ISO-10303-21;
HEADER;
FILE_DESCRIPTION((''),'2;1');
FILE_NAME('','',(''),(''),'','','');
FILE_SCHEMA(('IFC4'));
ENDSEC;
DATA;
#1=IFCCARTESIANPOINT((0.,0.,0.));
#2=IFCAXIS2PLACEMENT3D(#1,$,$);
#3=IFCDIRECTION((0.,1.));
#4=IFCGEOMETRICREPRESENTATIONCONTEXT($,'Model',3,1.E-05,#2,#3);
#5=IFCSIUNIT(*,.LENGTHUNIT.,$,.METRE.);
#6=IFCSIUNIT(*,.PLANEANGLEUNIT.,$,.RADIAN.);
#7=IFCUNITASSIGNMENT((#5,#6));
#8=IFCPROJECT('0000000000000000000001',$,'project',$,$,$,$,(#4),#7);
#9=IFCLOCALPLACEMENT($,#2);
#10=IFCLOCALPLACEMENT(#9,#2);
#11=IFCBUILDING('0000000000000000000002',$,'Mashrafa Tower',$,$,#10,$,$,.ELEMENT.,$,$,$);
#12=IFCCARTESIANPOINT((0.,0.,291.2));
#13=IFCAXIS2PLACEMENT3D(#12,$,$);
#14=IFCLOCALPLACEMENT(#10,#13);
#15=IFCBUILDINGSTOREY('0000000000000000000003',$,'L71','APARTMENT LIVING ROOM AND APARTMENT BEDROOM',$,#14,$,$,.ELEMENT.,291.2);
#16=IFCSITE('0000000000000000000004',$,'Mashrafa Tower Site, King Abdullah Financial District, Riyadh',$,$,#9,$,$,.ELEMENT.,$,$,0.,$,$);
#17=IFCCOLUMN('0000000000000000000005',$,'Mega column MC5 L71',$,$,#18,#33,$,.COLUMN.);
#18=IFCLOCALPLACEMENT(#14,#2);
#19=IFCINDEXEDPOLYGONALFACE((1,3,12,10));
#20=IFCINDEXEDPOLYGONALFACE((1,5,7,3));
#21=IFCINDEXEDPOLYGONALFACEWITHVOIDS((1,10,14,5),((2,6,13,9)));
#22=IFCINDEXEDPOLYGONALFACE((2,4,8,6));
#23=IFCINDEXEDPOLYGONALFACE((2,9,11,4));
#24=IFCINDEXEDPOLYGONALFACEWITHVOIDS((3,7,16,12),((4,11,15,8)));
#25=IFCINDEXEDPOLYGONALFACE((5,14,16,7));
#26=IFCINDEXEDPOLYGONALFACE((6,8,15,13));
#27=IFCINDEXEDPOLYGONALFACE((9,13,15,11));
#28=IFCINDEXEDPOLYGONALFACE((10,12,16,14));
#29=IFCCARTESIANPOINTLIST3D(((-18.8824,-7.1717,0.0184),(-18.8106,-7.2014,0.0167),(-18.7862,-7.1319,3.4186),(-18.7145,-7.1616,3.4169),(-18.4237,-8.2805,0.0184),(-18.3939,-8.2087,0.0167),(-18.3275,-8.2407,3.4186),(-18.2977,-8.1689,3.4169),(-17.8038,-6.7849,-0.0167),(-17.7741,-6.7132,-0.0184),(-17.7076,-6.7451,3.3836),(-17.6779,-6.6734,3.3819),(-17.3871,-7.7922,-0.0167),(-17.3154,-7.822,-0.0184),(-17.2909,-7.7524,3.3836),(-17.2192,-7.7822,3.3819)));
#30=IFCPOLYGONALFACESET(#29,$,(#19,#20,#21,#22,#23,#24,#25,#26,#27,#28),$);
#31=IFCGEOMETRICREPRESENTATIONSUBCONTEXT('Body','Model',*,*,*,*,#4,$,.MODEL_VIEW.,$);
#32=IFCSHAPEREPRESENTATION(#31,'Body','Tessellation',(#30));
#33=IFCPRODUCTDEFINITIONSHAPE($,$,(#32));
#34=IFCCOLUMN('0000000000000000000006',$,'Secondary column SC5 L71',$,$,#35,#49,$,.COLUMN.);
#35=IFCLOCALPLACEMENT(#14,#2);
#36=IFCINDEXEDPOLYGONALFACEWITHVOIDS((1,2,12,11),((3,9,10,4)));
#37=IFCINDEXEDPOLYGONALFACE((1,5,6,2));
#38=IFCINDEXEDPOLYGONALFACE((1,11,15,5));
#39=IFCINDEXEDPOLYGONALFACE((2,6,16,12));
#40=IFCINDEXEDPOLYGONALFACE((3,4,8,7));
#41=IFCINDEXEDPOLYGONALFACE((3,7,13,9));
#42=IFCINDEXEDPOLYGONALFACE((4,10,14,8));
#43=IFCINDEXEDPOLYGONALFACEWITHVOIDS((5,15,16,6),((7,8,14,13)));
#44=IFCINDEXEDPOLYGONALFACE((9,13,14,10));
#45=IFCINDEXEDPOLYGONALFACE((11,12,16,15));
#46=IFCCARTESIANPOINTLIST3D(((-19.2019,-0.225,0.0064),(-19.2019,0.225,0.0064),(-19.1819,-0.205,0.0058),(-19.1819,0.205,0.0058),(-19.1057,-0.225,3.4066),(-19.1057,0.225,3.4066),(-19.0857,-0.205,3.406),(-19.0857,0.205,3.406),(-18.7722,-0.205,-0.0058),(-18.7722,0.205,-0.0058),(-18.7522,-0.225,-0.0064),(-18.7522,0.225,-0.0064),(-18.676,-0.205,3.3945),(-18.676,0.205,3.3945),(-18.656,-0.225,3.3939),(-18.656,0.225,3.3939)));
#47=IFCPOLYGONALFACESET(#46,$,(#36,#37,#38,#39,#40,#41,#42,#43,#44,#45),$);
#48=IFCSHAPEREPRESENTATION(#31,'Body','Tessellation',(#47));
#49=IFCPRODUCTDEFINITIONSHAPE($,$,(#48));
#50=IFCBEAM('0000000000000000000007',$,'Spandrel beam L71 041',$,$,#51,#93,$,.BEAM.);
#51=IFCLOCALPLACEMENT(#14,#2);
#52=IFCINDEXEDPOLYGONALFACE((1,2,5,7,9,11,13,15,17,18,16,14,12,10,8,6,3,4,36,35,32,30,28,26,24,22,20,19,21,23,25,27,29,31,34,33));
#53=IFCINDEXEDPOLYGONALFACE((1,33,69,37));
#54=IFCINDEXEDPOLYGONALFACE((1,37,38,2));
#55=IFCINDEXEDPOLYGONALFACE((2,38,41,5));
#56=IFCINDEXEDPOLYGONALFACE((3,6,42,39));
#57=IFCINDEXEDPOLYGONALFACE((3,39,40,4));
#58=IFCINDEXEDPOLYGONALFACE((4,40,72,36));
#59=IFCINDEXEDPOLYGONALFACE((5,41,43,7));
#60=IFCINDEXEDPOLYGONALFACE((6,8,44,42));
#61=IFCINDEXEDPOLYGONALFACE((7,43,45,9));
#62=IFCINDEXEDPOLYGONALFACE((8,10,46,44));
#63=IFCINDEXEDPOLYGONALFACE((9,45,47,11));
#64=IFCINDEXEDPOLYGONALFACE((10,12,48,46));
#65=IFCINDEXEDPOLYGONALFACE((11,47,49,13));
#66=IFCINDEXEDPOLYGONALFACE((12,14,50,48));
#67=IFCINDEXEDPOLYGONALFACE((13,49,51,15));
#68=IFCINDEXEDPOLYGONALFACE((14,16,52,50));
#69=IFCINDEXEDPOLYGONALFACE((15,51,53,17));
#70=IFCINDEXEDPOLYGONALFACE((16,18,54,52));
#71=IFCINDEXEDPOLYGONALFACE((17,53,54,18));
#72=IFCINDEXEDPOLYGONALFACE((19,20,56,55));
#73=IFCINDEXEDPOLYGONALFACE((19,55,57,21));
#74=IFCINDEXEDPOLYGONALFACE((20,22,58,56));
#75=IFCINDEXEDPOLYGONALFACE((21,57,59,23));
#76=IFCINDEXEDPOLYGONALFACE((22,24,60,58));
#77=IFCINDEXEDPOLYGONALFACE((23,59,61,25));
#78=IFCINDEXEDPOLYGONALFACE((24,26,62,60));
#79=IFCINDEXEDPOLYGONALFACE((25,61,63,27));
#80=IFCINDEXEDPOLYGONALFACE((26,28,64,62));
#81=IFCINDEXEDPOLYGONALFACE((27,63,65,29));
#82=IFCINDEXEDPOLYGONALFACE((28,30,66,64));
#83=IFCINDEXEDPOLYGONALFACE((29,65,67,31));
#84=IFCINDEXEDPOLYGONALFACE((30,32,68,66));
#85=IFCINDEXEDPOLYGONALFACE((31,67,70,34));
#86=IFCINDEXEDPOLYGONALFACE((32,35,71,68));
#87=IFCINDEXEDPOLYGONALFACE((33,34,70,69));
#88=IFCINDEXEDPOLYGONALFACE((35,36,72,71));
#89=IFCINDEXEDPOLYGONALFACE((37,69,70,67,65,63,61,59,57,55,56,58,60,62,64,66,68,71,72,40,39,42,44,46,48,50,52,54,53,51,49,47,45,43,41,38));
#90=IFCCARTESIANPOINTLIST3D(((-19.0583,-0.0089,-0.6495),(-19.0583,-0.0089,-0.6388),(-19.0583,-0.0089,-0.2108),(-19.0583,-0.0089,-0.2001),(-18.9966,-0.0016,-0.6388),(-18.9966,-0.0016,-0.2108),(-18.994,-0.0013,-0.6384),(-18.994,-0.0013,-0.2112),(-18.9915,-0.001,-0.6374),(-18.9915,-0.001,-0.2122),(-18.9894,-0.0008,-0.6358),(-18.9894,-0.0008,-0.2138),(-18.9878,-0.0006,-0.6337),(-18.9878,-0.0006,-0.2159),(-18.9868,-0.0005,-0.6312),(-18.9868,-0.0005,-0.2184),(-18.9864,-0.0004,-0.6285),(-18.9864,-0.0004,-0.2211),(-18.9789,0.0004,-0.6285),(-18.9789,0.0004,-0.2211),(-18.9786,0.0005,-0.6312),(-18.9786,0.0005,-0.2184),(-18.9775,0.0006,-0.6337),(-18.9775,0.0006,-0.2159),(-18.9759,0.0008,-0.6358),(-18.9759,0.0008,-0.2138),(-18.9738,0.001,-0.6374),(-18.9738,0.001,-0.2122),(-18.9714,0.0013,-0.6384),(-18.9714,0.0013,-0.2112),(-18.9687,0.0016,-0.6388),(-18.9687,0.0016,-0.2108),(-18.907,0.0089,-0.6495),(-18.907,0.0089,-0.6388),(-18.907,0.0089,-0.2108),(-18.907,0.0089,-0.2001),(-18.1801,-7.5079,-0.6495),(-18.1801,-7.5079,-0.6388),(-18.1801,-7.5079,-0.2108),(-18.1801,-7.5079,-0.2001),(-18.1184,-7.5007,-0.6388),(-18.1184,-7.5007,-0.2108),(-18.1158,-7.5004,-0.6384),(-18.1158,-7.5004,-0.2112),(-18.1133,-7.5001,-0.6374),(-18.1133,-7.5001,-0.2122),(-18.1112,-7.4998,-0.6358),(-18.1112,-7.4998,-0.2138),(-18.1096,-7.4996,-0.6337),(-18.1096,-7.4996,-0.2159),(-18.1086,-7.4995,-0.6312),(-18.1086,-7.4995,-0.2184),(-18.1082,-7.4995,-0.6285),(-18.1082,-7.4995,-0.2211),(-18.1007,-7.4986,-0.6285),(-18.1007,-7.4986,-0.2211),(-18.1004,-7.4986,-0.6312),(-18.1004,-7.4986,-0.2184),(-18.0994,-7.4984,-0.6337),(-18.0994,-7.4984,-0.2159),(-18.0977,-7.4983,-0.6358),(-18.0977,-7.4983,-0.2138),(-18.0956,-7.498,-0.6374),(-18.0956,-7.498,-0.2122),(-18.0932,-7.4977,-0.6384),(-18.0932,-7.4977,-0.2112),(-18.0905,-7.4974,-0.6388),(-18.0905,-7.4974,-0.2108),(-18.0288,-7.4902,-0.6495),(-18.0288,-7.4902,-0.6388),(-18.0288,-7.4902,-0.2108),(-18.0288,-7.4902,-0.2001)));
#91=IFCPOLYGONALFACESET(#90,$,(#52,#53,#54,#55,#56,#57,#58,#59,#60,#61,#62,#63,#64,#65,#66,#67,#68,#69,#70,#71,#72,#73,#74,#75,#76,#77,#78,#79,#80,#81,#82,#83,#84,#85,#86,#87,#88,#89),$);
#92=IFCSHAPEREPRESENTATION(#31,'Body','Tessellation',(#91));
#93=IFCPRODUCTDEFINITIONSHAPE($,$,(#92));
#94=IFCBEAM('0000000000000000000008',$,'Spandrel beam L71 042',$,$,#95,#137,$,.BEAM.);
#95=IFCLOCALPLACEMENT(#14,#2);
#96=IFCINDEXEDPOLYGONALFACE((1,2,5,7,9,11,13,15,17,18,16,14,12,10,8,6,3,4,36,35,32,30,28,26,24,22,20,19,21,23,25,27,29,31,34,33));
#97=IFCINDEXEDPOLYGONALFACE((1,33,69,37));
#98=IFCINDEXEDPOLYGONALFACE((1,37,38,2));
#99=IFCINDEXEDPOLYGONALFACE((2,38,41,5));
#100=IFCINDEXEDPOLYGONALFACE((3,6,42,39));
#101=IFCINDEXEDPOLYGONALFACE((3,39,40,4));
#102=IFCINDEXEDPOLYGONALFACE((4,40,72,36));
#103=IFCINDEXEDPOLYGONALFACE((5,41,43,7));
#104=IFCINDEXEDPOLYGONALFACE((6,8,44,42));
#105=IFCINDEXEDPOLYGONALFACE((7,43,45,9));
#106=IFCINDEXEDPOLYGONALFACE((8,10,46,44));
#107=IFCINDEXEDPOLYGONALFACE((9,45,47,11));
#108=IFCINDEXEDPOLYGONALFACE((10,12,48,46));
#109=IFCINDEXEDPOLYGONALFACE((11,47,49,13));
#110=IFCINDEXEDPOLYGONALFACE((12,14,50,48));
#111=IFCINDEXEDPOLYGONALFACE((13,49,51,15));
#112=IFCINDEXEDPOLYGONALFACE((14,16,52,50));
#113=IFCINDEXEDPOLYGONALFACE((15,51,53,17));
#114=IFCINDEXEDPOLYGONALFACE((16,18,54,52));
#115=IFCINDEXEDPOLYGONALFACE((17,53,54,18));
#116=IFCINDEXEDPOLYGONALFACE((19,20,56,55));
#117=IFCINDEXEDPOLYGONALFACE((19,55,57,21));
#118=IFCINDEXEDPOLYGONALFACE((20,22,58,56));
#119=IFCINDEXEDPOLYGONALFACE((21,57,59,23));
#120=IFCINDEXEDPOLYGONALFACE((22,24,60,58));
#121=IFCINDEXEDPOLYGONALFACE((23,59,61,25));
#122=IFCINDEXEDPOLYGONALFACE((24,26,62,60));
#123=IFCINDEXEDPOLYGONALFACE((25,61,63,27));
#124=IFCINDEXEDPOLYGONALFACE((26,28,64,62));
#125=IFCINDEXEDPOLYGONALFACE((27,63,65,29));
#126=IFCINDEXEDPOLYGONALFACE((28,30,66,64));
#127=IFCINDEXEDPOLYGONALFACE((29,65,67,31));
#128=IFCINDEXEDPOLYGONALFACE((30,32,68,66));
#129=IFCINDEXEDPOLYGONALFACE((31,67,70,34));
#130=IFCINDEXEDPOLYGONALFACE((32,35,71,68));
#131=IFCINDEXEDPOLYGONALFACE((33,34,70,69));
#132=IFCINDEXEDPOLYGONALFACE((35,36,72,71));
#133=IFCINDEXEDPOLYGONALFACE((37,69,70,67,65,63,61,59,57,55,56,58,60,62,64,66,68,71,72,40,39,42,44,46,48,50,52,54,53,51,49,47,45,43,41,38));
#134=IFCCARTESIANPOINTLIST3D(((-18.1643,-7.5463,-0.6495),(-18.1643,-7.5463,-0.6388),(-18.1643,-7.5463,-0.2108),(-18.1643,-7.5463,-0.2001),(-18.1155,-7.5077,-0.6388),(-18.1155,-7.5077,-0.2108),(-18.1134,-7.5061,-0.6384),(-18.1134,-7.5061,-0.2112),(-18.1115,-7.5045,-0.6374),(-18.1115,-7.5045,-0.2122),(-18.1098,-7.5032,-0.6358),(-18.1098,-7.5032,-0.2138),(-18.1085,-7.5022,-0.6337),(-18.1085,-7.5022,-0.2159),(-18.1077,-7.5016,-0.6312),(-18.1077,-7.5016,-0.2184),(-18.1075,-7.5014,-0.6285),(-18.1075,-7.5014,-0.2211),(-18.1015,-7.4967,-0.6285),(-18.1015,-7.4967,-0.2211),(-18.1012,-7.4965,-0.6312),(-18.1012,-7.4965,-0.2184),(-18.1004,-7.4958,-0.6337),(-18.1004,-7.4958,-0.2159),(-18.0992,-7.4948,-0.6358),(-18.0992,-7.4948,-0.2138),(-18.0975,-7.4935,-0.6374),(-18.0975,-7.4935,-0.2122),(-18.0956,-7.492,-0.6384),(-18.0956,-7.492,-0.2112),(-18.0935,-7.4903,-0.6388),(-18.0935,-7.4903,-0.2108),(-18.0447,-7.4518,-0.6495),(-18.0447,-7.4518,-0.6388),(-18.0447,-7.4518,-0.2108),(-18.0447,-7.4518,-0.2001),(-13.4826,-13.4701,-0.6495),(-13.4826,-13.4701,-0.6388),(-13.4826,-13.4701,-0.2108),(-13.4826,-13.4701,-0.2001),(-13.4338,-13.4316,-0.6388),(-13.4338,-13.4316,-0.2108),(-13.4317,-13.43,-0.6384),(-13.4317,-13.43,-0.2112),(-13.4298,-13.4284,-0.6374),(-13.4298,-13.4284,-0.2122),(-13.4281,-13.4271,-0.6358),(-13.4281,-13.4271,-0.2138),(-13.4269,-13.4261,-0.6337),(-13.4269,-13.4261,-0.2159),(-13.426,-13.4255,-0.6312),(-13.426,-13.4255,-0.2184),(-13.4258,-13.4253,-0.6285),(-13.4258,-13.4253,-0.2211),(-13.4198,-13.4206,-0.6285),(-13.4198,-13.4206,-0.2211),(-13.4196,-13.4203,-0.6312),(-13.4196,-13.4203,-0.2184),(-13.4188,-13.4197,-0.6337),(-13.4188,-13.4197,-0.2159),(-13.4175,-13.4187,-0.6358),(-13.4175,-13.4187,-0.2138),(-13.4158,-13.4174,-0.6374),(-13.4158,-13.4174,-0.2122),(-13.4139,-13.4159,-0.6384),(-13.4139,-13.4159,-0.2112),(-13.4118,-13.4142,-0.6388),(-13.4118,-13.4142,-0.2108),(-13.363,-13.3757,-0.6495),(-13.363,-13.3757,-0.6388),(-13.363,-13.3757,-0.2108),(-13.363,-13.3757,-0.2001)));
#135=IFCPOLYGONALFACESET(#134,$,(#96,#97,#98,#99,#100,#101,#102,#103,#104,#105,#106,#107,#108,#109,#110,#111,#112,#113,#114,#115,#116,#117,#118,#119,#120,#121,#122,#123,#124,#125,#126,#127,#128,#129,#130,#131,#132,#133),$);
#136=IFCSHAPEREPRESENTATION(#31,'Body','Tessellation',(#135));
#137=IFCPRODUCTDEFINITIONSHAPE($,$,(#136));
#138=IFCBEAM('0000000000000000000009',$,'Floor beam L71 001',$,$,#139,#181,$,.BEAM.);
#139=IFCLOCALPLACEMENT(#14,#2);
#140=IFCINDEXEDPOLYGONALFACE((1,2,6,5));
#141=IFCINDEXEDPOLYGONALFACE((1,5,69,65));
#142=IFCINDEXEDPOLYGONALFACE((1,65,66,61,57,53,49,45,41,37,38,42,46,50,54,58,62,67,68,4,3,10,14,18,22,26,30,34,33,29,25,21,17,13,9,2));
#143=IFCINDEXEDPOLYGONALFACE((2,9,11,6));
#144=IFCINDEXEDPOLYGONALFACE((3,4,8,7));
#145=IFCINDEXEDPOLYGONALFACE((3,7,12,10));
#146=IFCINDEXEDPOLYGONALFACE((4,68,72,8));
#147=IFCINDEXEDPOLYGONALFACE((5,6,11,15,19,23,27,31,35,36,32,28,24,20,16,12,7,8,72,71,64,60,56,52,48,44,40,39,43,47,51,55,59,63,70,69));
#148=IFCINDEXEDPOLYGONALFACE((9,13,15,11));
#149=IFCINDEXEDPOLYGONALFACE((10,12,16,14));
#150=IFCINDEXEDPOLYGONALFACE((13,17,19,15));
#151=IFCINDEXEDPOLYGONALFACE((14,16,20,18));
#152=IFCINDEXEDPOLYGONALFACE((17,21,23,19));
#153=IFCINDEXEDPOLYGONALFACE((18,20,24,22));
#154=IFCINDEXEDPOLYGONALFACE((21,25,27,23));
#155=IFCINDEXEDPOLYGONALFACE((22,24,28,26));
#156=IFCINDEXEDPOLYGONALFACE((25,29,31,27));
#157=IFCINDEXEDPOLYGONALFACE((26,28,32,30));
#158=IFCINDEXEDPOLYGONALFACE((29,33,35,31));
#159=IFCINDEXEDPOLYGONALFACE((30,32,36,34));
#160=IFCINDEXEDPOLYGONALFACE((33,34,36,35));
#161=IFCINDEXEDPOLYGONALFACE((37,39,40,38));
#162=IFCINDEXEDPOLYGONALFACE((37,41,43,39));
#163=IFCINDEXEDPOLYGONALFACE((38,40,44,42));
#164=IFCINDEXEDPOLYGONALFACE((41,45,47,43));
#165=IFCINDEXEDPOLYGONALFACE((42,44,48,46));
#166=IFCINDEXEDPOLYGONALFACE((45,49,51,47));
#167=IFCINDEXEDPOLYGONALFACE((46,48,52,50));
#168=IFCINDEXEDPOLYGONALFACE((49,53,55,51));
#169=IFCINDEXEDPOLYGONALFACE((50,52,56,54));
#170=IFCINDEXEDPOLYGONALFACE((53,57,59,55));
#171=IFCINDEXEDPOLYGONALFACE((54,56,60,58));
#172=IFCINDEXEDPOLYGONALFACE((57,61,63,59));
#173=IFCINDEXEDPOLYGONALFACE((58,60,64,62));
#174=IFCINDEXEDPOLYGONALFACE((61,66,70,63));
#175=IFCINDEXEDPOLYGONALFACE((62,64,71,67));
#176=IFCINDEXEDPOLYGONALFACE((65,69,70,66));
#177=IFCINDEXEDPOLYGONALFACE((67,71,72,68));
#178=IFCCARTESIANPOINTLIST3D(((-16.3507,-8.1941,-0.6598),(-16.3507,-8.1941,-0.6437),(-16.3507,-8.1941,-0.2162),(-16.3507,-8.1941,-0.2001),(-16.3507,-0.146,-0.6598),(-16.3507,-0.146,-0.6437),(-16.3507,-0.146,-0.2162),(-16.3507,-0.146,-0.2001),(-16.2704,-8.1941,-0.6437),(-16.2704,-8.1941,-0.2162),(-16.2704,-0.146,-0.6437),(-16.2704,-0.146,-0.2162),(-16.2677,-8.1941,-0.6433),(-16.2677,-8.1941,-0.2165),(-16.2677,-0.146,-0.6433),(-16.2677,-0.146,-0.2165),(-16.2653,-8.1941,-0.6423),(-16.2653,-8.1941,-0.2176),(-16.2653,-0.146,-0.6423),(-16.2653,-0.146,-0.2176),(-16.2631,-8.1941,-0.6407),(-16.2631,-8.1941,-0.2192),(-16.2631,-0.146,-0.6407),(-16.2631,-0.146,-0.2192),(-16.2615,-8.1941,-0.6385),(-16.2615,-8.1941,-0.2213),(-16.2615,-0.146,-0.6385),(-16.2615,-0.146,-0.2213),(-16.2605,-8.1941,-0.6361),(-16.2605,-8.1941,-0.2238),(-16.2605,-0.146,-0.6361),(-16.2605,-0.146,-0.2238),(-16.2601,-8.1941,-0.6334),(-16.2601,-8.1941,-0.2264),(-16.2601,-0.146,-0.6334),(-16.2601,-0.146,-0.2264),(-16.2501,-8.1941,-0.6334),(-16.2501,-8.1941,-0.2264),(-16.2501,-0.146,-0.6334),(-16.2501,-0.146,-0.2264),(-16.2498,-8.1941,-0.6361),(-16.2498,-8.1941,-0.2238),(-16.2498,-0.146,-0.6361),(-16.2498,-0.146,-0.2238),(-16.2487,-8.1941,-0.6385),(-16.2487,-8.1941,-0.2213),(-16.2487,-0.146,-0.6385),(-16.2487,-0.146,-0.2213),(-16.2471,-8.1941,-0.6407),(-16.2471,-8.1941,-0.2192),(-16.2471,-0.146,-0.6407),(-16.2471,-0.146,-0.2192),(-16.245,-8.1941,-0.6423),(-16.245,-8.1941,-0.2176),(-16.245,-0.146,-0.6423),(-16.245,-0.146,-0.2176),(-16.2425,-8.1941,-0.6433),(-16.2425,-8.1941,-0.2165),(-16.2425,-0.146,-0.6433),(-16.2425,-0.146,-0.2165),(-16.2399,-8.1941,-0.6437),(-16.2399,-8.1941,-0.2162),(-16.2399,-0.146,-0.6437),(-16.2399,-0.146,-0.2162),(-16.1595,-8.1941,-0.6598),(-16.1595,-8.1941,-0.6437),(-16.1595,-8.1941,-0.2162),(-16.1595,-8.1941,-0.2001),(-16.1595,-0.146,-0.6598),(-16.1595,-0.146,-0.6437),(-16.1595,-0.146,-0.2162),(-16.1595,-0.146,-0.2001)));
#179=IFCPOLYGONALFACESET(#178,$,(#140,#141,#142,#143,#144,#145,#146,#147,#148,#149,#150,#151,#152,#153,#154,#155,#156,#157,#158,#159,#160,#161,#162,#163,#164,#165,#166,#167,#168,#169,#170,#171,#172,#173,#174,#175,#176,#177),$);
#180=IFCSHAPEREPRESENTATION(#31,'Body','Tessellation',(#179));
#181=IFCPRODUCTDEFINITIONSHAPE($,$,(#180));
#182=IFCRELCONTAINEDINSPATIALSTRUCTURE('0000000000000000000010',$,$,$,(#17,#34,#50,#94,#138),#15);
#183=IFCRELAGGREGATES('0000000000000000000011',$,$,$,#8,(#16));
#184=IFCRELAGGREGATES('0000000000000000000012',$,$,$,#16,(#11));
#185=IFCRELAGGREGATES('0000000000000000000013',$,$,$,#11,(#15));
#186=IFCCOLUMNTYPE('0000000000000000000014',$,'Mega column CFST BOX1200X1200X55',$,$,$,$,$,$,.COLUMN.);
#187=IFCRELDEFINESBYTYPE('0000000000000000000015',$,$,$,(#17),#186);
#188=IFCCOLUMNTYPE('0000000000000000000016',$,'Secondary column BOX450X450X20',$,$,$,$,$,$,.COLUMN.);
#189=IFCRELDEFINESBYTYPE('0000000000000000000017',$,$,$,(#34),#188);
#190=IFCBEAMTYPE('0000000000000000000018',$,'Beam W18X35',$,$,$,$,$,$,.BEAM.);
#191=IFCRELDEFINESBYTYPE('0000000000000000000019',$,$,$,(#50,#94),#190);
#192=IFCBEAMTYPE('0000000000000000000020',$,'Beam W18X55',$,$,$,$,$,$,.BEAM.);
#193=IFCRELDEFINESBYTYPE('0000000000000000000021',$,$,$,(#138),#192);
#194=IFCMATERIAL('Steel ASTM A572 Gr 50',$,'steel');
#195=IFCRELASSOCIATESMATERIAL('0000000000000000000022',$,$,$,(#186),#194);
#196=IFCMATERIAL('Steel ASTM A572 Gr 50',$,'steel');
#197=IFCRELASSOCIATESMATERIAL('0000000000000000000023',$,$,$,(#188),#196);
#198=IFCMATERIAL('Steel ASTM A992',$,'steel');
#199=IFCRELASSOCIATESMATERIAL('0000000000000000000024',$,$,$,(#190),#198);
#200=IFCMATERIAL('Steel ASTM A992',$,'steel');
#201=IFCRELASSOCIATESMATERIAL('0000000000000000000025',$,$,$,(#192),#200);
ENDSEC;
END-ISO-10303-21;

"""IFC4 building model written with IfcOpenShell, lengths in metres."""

from ifc_helpers import new_model, si_unit, direction, frame, origin, origin_2d, place, context, subcontext, project, spatial, hollow_rectangle, i_section, extrude, material, material_profile, profile_set, type_object, element, save


model = new_model("IFC4")

# Units and contexts
model_context = context("Model", 3, precision=1e-05, world=origin(), true_north=direction((0.0, 1.0)))
body_context = subcontext(model_context, "Body", "Model", "MODEL_VIEW")
ifc_project = project(units=[si_unit("LENGTHUNIT", "METRE"), si_unit("PLANEANGLEUNIT", "RADIAN")], contexts=[model_context])

# Site, building, storey
site_placement = place(None, origin())
site = spatial("IfcSite", under=ifc_project, at=site_placement, Name="Mashrafa Tower Site, King Abdullah Financial District, Riyadh", CompositionType="ELEMENT", RefElevation=0.0)
building_placement = place(site_placement, origin())
building = spatial("IfcBuilding", under=site, at=building_placement, Name="Mashrafa Tower", CompositionType="ELEMENT")
storey_placement = place(building_placement, frame((0.0, 0.0, 291.2)))
storey = spatial("IfcBuildingStorey", under=building, at=storey_placement, Name="L71", Description="APARTMENT LIVING ROOM AND APARTMENT BEDROOM", CompositionType="ELEMENT", Elevation=291.2)

# Columns
ifc_material_1 = material(Name="Steel ASTM A572 Gr 50", Category="steel")
ifc_material_profile_1 = material_profile(ifc_material_1, hollow_rectangle(XDim=1.2, YDim=1.2, WallThickness=0.0549, at=origin_2d()), Name="BOX1200X1200X55")
ifc_profile_set_1 = profile_set([ifc_material_profile_1], Name="Steel ASTM A572 Gr 50")
column_type_1 = type_object("IfcColumnType", Name="Mega column CFST BOX1200X1200X55", PredefinedType="COLUMN", material=ifc_profile_set_1)
column_1_placement = place(storey_placement, frame((-18.0989, -7.4968, 0.0), z_axis=(0.028277, 0.011698, 0.999532), x_axis=(-0.382283, 0.924045, 0.0)))
element("IfcColumn", 1, at=column_1_placement, inside=storey, type_object=column_type_1, Name="Mega column MC5 L71", PredefinedType="COLUMN", context=body_context, shape_type="SweptSolid", body=[
    extrude(hollow_rectangle(XDim=1.2, YDim=1.2, WallThickness=0.0549, at=origin_2d()), origin(), (0.0, 0.0, 1.0), 3.4019),
])
ifc_material_2 = material(Name="Steel ASTM A572 Gr 50", Category="steel")
ifc_material_profile_2 = material_profile(ifc_material_2, hollow_rectangle(XDim=0.45, YDim=0.45, WallThickness=0.02, at=origin_2d()), Name="BOX450X450X20")
ifc_profile_set_2 = profile_set([ifc_material_profile_2], Name="Steel ASTM A572 Gr 50")
column_type_2 = type_object("IfcColumnType", Name="Secondary column BOX450X450X20", PredefinedType="COLUMN", material=ifc_profile_set_2)
column_2_placement = place(storey_placement, frame((-18.9771, 0.0, 0.0), z_axis=(0.028279, 0.0, 0.9996), x_axis=(0.0, 1.0, 0.0)))
element("IfcColumn", 2, at=column_2_placement, inside=storey, type_object=column_type_2, Name="Secondary column SC5 L71", PredefinedType="COLUMN", context=body_context, shape_type="SweptSolid", body=[
    extrude(hollow_rectangle(XDim=0.45, YDim=0.45, WallThickness=0.02, at=origin_2d()), origin(), (0.0, 0.0, 1.0), 3.4016),
])

# Beams
ifc_material_3 = material(Name="Steel ASTM A992", Category="steel")
ifc_material_profile_3 = material_profile(ifc_material_3, i_section(OverallWidth=0.1523, OverallDepth=0.4495, WebThickness=0.0076, FlangeThickness=0.0107, FilletRadius=0.0103, at=origin_2d()), Name="W18X35")
ifc_profile_set_3 = profile_set([ifc_material_profile_3], Name="Steel ASTM A992")
beam_type_1 = type_object("IfcBeamType", Name="Beam W18X35", PredefinedType="BEAM", material=ifc_profile_set_3)
beam_1_placement = place(storey_placement, frame((-18.9827, 0.0, -0.4248), z_axis=(0.11631, -0.993213, 0.0), x_axis=(0.993213, 0.11631, 0.0)))
element("IfcBeam", 3, at=beam_1_placement, inside=storey, type_object=beam_type_1, Name="Spandrel beam L71 041", PredefinedType="BEAM", context=body_context, shape_type="SweptSolid", body=[
    extrude(i_section(OverallWidth=0.1523, OverallDepth=0.4495, WebThickness=0.0076, FlangeThickness=0.0107, FilletRadius=0.0103, at=origin_2d()), origin(), (0.0, 0.0, 1.0), 7.5503),
])
beam_2_placement = place(storey_placement, frame((-18.1045, -7.499, -0.4248), z_axis=(0.620047, -0.784565, 0.0), x_axis=(0.784565, 0.620047, 0.0)))
element("IfcBeam", 4, at=beam_2_placement, inside=storey, type_object=beam_type_1, Name="Spandrel beam L71 042", PredefinedType="BEAM", context=body_context, shape_type="SweptSolid", body=[
    extrude(i_section(OverallWidth=0.1523, OverallDepth=0.4495, WebThickness=0.0076, FlangeThickness=0.0107, FilletRadius=0.0103, at=origin_2d()), origin(), (0.0, 0.0, 1.0), 7.5505),
])
ifc_material_4 = material(Name="Steel ASTM A992", Category="steel")
ifc_material_profile_4 = material_profile(ifc_material_4, i_section(OverallWidth=0.1912, OverallDepth=0.4597, WebThickness=0.01, FlangeThickness=0.0161, FilletRadius=0.0103, at=origin_2d()), Name="W18X55")
ifc_profile_set_4 = profile_set([ifc_material_profile_4], Name="Steel ASTM A992")
beam_type_2 = type_object("IfcBeamType", Name="Beam W18X55", PredefinedType="BEAM", material=ifc_profile_set_4)
beam_3_placement = place(storey_placement, frame((-16.2551, -8.1941, -0.4299), z_axis=(0.0, 1.0, 0.0), x_axis=(-1.0, 0.0, 0.0)))
element("IfcBeam", 5, at=beam_3_placement, inside=storey, type_object=beam_type_2, Name="Floor beam L71 001", PredefinedType="BEAM", context=body_context, shape_type="SweptSolid", body=[
    extrude(i_section(OverallWidth=0.1912, OverallDepth=0.4597, WebThickness=0.01, FlangeThickness=0.0161, FilletRadius=0.0103, at=origin_2d()), origin(), (0.0, 0.0, 1.0), 8.0481),
])

save(model, "model.ifc")
